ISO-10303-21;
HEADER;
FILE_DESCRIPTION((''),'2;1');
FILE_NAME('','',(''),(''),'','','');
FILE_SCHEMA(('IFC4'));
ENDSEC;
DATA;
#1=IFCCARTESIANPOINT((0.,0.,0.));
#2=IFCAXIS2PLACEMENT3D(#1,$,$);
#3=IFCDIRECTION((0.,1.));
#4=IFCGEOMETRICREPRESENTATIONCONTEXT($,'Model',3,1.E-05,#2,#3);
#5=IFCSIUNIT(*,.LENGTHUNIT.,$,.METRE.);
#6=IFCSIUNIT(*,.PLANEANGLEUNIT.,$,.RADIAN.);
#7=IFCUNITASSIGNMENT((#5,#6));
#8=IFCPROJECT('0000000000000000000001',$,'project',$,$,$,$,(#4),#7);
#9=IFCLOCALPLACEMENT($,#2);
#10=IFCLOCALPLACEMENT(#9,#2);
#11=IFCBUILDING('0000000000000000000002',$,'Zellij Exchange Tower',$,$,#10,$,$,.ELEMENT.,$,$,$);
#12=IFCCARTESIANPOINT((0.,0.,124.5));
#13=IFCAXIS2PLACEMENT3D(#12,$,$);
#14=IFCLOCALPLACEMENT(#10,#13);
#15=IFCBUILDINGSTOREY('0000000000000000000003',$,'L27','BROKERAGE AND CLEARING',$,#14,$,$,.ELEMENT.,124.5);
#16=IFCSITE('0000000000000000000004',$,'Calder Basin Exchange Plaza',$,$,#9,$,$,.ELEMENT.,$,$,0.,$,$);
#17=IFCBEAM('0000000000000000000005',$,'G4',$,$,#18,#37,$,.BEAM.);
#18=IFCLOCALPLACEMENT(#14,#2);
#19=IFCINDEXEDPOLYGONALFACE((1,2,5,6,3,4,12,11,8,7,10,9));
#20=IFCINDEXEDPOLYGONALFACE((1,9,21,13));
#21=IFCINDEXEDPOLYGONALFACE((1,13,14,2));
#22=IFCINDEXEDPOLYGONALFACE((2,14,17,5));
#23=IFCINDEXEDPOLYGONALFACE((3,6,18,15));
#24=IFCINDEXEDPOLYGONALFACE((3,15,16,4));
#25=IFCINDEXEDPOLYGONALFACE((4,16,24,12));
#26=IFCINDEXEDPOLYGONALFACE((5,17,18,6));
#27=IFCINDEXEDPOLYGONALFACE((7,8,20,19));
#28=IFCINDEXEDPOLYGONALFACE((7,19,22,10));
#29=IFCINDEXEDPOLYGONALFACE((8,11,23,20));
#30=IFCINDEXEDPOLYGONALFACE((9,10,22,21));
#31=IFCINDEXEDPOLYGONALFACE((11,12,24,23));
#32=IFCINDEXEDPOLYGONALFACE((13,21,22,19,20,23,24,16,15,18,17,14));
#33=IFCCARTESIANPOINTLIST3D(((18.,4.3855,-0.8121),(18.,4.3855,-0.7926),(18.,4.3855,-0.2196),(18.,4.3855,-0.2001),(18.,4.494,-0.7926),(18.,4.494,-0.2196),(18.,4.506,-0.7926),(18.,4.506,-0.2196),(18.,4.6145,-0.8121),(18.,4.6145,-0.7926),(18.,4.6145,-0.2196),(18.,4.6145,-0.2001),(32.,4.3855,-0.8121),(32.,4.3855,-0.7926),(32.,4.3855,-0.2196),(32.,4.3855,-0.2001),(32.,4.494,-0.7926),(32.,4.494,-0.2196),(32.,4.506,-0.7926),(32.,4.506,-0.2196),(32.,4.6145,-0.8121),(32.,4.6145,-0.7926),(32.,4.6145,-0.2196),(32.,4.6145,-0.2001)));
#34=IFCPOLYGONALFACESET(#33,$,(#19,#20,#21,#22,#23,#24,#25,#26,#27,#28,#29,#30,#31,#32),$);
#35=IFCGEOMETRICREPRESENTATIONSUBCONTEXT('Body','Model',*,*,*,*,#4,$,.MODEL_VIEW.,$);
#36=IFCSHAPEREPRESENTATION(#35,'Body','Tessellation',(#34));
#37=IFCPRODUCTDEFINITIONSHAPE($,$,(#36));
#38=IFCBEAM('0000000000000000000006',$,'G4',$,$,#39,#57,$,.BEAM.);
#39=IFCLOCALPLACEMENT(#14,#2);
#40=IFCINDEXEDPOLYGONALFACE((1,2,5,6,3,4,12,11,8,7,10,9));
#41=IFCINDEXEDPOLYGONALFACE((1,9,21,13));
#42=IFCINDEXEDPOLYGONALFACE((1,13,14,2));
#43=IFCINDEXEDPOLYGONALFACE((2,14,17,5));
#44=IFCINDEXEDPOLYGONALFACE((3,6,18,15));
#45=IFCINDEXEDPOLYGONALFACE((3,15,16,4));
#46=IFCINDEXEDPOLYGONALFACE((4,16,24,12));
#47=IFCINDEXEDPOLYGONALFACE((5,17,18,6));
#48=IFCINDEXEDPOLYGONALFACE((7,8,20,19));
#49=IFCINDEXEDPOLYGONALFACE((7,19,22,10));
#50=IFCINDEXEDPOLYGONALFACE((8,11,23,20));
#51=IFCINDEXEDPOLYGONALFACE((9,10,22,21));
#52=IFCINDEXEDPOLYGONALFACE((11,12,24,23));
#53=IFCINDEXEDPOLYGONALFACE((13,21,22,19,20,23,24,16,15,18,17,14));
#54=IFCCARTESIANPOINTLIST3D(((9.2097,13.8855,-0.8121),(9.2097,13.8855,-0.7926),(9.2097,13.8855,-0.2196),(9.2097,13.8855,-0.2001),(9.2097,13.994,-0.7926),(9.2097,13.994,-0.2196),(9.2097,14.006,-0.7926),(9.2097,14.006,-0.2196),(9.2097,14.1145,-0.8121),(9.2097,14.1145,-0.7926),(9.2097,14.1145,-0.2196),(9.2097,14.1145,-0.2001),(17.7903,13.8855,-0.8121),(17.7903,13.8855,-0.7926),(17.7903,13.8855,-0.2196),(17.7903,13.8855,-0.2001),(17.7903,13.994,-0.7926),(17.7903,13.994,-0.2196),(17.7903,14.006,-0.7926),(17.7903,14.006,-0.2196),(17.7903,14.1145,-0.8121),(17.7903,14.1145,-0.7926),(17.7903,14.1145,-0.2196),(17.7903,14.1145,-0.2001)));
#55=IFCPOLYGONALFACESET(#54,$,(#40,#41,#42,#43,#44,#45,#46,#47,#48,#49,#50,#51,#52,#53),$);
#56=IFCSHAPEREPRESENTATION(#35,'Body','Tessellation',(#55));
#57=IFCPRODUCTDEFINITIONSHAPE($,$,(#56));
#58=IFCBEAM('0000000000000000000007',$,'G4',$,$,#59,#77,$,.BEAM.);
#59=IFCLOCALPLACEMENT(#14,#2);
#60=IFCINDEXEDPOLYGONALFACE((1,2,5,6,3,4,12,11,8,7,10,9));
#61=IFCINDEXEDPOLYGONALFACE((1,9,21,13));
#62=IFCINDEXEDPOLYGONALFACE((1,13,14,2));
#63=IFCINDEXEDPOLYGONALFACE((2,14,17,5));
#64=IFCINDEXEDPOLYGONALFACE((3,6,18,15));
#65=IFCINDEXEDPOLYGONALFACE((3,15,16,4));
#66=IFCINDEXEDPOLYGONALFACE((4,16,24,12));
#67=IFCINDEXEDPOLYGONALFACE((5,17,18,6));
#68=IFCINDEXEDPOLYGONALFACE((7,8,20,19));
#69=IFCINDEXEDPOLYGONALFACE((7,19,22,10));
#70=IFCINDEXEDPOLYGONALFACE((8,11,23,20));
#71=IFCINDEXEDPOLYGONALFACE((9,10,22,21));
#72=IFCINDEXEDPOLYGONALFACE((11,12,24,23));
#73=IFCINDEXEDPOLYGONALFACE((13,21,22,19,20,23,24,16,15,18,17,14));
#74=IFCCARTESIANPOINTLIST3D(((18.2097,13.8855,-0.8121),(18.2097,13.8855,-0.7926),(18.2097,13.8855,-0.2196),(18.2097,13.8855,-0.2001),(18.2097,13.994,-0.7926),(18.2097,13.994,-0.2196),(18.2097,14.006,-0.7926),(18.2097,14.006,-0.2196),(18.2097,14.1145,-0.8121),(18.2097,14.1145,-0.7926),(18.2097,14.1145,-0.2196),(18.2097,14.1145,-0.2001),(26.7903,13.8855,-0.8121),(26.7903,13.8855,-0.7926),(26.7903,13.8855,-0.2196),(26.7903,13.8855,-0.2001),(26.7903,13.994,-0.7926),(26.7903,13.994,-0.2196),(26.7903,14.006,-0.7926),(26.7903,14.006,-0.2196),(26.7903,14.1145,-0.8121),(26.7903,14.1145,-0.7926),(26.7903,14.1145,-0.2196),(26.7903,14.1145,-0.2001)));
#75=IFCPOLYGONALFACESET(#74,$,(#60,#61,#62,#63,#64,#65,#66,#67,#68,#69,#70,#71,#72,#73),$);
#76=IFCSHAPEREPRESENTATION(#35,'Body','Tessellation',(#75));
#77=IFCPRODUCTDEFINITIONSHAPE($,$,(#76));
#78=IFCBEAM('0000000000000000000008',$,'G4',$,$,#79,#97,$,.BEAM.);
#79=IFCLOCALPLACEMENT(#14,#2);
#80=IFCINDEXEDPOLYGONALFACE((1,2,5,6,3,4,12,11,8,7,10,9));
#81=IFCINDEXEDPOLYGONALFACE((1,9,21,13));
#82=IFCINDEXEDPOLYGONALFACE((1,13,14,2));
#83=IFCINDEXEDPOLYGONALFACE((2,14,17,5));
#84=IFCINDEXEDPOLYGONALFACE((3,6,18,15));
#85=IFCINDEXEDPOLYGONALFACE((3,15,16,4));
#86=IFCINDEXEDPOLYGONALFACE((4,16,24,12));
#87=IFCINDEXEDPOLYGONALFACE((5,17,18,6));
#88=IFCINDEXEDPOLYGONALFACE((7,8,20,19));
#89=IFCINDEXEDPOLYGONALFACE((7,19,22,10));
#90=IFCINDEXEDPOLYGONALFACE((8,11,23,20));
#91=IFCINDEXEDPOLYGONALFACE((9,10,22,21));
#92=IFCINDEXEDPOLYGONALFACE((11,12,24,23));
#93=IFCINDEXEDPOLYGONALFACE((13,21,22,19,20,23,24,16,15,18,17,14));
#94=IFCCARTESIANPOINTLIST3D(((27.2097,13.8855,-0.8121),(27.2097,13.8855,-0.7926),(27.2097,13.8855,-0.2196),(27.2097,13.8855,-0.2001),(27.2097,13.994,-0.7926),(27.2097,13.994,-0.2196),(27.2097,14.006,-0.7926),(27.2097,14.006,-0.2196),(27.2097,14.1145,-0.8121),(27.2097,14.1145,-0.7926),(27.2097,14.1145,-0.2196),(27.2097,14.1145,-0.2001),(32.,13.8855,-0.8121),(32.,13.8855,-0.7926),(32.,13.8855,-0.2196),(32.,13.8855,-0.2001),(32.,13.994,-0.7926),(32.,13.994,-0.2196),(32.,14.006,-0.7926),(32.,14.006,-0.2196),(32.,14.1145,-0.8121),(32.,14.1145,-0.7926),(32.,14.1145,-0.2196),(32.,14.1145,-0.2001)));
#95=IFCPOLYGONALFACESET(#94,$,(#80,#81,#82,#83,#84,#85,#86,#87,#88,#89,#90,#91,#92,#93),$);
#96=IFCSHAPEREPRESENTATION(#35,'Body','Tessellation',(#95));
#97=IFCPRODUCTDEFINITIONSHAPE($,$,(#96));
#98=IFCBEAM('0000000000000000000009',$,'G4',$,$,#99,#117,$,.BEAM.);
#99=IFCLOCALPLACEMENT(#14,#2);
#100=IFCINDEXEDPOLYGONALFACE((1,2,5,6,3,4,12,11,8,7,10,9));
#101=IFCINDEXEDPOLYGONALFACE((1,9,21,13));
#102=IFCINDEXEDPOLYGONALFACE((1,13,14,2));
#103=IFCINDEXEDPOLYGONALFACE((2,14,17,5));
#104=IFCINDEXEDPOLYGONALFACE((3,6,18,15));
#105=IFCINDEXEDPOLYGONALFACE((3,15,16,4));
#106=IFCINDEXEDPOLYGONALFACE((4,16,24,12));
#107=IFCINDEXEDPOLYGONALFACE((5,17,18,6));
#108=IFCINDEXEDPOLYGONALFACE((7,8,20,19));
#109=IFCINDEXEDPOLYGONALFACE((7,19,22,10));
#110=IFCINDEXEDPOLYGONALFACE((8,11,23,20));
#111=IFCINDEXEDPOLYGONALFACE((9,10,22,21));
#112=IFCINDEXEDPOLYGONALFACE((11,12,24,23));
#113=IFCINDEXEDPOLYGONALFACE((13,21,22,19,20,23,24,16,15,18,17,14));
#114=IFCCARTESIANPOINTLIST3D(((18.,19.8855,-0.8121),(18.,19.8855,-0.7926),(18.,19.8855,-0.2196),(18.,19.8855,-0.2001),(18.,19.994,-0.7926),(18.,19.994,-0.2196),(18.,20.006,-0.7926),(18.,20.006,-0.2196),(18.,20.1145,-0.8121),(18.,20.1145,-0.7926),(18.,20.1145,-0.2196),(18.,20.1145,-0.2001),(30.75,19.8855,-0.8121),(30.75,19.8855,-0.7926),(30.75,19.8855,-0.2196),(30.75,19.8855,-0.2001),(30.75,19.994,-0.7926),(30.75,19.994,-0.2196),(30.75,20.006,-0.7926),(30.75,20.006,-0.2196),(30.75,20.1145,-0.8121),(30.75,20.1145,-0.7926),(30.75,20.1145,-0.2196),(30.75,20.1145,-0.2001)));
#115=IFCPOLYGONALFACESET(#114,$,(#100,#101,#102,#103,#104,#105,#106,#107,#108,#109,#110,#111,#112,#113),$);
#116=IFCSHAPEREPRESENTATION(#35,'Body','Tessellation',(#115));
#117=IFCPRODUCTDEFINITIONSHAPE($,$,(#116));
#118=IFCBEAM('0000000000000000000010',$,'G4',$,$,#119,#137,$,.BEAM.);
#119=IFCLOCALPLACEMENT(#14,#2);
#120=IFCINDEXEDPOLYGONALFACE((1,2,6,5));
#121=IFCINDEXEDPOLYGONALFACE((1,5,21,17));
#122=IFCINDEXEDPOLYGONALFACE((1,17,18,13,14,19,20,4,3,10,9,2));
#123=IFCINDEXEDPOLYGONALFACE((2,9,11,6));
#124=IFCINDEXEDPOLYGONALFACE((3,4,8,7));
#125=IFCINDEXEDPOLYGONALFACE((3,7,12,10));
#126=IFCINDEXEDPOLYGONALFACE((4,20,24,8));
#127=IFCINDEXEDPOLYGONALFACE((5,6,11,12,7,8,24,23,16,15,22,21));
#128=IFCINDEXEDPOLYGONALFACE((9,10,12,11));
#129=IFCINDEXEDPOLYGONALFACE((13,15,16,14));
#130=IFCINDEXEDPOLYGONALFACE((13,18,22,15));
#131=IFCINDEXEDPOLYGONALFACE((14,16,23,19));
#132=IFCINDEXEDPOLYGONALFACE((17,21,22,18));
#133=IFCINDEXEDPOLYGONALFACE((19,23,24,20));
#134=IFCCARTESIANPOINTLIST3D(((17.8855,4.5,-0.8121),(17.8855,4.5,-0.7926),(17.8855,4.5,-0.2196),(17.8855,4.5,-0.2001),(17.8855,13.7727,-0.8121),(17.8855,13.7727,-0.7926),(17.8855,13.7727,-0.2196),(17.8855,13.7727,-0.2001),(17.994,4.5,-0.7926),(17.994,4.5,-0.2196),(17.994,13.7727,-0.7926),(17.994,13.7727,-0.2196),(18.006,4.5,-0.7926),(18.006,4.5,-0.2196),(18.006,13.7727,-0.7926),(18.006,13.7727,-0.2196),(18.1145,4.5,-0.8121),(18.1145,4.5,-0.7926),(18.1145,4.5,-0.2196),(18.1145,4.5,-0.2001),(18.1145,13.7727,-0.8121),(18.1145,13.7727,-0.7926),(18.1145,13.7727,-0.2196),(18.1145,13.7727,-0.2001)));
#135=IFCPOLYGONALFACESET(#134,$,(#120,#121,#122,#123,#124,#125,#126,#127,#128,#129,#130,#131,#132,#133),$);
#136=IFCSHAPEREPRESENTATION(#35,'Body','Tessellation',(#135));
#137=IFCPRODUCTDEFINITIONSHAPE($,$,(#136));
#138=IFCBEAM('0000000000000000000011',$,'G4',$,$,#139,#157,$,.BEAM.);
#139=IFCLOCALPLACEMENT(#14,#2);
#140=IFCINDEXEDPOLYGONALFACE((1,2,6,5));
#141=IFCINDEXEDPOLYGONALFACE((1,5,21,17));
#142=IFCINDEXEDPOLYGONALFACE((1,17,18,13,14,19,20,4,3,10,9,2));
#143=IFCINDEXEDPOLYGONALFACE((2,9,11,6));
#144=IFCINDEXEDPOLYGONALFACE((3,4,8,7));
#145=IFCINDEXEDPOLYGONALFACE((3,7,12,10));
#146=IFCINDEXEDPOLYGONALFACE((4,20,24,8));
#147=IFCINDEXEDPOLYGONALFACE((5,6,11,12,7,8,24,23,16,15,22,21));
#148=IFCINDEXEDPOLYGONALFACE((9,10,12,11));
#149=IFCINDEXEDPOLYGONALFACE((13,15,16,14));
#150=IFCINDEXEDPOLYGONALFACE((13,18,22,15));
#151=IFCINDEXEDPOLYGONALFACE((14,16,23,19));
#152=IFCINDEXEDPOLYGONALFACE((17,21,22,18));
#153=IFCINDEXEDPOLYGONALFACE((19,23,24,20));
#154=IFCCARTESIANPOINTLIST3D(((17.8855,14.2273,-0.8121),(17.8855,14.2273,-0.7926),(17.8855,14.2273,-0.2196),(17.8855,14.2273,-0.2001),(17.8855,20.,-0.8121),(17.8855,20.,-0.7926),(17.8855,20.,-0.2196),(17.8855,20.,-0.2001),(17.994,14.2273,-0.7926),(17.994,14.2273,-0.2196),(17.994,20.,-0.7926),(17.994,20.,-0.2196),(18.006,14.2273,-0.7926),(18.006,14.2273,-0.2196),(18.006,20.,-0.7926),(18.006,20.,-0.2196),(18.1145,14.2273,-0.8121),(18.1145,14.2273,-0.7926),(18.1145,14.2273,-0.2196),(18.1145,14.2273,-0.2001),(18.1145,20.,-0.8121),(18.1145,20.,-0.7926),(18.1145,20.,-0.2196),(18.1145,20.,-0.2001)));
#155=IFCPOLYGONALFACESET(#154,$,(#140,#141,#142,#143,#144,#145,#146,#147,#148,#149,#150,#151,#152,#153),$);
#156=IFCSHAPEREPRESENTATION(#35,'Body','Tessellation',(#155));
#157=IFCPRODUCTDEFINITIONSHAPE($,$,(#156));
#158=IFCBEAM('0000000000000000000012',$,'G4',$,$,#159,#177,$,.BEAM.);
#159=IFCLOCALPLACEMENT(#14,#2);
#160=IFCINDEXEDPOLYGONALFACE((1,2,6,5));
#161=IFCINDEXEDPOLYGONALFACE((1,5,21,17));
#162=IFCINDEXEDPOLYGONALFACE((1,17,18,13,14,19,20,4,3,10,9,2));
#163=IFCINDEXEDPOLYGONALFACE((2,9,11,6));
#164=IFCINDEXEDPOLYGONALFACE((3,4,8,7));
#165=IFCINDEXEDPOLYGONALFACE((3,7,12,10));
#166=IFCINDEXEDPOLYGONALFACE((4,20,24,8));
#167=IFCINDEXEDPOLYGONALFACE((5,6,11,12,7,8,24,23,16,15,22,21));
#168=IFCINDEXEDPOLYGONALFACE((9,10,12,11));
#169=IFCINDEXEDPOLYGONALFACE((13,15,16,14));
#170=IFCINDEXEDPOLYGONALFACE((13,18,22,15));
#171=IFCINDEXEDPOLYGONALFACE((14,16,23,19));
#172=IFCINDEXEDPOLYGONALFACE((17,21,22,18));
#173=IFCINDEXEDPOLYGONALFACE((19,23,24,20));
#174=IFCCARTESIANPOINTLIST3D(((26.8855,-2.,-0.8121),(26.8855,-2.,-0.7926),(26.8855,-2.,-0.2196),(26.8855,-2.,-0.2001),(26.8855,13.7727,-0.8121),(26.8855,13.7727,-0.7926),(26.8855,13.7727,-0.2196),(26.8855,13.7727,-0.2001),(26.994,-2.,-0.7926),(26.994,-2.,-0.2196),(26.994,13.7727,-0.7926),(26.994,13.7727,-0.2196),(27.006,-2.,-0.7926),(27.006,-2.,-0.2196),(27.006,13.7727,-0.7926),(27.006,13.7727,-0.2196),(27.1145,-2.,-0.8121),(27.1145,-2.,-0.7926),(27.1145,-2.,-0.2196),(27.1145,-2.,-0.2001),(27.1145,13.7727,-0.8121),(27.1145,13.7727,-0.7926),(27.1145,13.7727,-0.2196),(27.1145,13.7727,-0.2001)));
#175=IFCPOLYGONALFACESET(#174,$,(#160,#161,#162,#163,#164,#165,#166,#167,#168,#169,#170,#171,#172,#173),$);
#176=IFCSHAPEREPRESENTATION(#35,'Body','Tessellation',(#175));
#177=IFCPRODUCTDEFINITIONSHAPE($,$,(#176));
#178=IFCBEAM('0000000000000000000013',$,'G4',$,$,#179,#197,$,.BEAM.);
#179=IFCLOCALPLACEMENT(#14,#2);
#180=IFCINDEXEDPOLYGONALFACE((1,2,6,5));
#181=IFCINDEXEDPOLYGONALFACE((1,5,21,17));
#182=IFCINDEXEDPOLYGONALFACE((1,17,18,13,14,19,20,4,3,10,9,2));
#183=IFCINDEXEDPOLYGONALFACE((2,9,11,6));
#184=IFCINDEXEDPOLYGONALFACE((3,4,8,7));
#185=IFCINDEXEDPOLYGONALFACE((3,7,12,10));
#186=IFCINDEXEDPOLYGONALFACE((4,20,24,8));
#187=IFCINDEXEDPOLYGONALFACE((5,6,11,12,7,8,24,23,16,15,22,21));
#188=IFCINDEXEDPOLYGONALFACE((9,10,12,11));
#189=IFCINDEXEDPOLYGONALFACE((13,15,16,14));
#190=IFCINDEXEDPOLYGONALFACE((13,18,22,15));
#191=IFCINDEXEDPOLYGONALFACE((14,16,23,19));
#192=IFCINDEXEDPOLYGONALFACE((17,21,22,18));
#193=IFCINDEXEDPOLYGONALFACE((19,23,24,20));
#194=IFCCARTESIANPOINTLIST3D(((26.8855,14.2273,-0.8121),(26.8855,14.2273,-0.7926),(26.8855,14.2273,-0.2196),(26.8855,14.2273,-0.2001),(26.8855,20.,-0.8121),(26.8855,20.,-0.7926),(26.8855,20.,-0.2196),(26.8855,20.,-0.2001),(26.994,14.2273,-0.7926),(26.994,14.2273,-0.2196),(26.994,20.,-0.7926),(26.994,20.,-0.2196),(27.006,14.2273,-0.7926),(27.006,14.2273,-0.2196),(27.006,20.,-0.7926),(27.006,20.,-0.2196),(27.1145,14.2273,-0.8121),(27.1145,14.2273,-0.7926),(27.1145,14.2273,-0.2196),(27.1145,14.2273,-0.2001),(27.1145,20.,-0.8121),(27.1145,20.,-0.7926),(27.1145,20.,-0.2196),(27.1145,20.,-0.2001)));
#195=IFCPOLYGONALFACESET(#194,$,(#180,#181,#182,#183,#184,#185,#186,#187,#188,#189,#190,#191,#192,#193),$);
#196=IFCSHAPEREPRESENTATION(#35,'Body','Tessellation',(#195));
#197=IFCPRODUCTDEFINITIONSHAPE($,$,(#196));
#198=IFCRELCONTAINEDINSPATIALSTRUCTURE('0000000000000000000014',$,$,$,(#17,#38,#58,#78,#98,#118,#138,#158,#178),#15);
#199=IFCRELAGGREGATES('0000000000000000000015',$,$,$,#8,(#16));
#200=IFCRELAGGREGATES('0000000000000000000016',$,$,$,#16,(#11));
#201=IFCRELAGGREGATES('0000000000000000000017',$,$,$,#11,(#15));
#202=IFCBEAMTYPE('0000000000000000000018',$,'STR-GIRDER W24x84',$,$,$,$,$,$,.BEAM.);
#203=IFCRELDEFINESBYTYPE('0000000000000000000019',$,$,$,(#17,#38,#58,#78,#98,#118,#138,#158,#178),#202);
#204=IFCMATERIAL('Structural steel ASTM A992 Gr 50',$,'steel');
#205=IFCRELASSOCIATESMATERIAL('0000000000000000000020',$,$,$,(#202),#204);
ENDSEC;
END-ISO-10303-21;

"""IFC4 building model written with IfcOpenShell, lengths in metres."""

from ifc_helpers import new_model, si_unit, direction, frame, origin, origin_2d, place, context, subcontext, project, spatial, i_section, extrude, material, material_profile, profile_set, type_object, element, save


model = new_model("IFC4")

# Units and contexts
model_context = context("Model", 3, precision=1e-05, world=origin(), true_north=direction((0.0, 1.0)))
body_context = subcontext(model_context, "Body", "Model", "MODEL_VIEW")
ifc_project = project(units=[si_unit("LENGTHUNIT", "METRE"), si_unit("PLANEANGLEUNIT", "RADIAN")], contexts=[model_context])

# Site, building, storey
site_placement = place(None, origin())
site = spatial("IfcSite", under=ifc_project, at=site_placement, Name="Calder Basin Exchange Plaza", CompositionType="ELEMENT", RefElevation=0.0)
building_placement = place(site_placement, origin())
building = spatial("IfcBuilding", under=site, at=building_placement, Name="Zellij Exchange Tower", CompositionType="ELEMENT")
storey_placement = place(building_placement, frame((0.0, 0.0, 124.5)))
storey = spatial("IfcBuildingStorey", under=building, at=storey_placement, Name="L27", Description="BROKERAGE AND CLEARING", CompositionType="ELEMENT", Elevation=124.5)

# Beams
ifc_material_1 = material(Name="Structural steel ASTM A992 Gr 50", Category="steel")
ifc_material_profile_1 = material_profile(ifc_material_1, i_section(OverallWidth=0.229, OverallDepth=0.6121, WebThickness=0.012, FlangeThickness=0.0195, at=origin_2d()), Name="W24x84")
ifc_profile_set_1 = profile_set([ifc_material_profile_1], Name="Structural steel ASTM A992 Gr 50")
beam_type_1 = type_object("IfcBeamType", Name="STR-GIRDER W24x84", PredefinedType="BEAM", material=ifc_profile_set_1)
beam_1_placement = place(storey_placement, frame((18.0, 4.5, -0.5061), z_axis=(1.0, 0.0, 0.0), x_axis=(0.0, 1.0, 0.0)))
element("IfcBeam", 1, at=beam_1_placement, inside=storey, type_object=beam_type_1, Name="G4", PredefinedType="BEAM", context=body_context, shape_type="SweptSolid", body=[
    extrude(i_section(OverallWidth=0.229, OverallDepth=0.6121, WebThickness=0.012, FlangeThickness=0.0195, at=origin_2d()), origin(), (0.0, 0.0, 1.0), 14.0),
])
for number, where, z_axis, x_axis, name in (
    (2, (9.2097, 14.0, -0.5061), (1.0, 0.0, 0.0), (0.0, 1.0, 0.0), "G4"),
    (3, (18.2097, 14.0, -0.5061), (1.0, 0.0, 0.0), (0.0, 1.0, 0.0), "G4"),
):
    element("IfcBeam", number, at=place(storey_placement, frame(where, z_axis=z_axis, x_axis=x_axis)), inside=storey, type_object=beam_type_1, Name=name, PredefinedType="BEAM", context=body_context, shape_type="SweptSolid", body=[
        extrude(i_section(OverallWidth=0.229, OverallDepth=0.6121, WebThickness=0.012, FlangeThickness=0.0195, at=origin_2d()), origin(), (0.0, 0.0, 1.0), 8.5806),
    ])
beam_2_placement = place(storey_placement, frame((27.2097, 14.0, -0.5061), z_axis=(1.0, 0.0, 0.0), x_axis=(0.0, 1.0, 0.0)))
element("IfcBeam", 4, at=beam_2_placement, inside=storey, type_object=beam_type_1, Name="G4", PredefinedType="BEAM", context=body_context, shape_type="SweptSolid", body=[
    extrude(i_section(OverallWidth=0.229, OverallDepth=0.6121, WebThickness=0.012, FlangeThickness=0.0195, at=origin_2d()), origin(), (0.0, 0.0, 1.0), 4.7903),
])
beam_3_placement = place(storey_placement, frame((18.0, 20.0, -0.5061), z_axis=(1.0, 0.0, 0.0), x_axis=(0.0, 1.0, 0.0)))
element("IfcBeam", 5, at=beam_3_placement, inside=storey, type_object=beam_type_1, Name="G4", PredefinedType="BEAM", context=body_context, shape_type="SweptSolid", body=[
    extrude(i_section(OverallWidth=0.229, OverallDepth=0.6121, WebThickness=0.012, FlangeThickness=0.0195, at=origin_2d()), origin(), (0.0, 0.0, 1.0), 12.75),
])
beam_4_placement = place(storey_placement, frame((18.0, 4.5, -0.5061), z_axis=(0.0, 1.0, 0.0), x_axis=(-1.0, 0.0, 0.0)))
element("IfcBeam", 6, at=beam_4_placement, inside=storey, type_object=beam_type_1, Name="G4", PredefinedType="BEAM", context=body_context, shape_type="SweptSolid", body=[
    extrude(i_section(OverallWidth=0.229, OverallDepth=0.6121, WebThickness=0.012, FlangeThickness=0.0195, at=origin_2d()), origin(), (0.0, 0.0, 1.0), 9.2727),
])
beam_5_placement = place(storey_placement, frame((18.0, 14.2273, -0.5061), z_axis=(0.0, 1.0, 0.0), x_axis=(-1.0, 0.0, 0.0)))
element("IfcBeam", 7, at=beam_5_placement, inside=storey, type_object=beam_type_1, Name="G4", PredefinedType="BEAM", context=body_context, shape_type="SweptSolid", body=[
    extrude(i_section(OverallWidth=0.229, OverallDepth=0.6121, WebThickness=0.012, FlangeThickness=0.0195, at=origin_2d()), origin(), (0.0, 0.0, 1.0), 5.7727),
])
beam_6_placement = place(storey_placement, frame((27.0, -2.0, -0.5061), z_axis=(0.0, 1.0, 0.0), x_axis=(-1.0, 0.0, 0.0)))
element("IfcBeam", 8, at=beam_6_placement, inside=storey, type_object=beam_type_1, Name="G4", PredefinedType="BEAM", context=body_context, shape_type="SweptSolid", body=[
    extrude(i_section(OverallWidth=0.229, OverallDepth=0.6121, WebThickness=0.012, FlangeThickness=0.0195, at=origin_2d()), origin(), (0.0, 0.0, 1.0), 15.7727),
])
beam_7_placement = place(storey_placement, frame((27.0, 14.2273, -0.5061), z_axis=(0.0, 1.0, 0.0), x_axis=(-1.0, 0.0, 0.0)))
element("IfcBeam", 9, at=beam_7_placement, inside=storey, type_object=beam_type_1, Name="G4", PredefinedType="BEAM", context=body_context, shape_type="SweptSolid", body=[
    extrude(i_section(OverallWidth=0.229, OverallDepth=0.6121, WebThickness=0.012, FlangeThickness=0.0195, at=origin_2d()), origin(), (0.0, 0.0, 1.0), 5.7727),
])

save(model, "model.ifc")
